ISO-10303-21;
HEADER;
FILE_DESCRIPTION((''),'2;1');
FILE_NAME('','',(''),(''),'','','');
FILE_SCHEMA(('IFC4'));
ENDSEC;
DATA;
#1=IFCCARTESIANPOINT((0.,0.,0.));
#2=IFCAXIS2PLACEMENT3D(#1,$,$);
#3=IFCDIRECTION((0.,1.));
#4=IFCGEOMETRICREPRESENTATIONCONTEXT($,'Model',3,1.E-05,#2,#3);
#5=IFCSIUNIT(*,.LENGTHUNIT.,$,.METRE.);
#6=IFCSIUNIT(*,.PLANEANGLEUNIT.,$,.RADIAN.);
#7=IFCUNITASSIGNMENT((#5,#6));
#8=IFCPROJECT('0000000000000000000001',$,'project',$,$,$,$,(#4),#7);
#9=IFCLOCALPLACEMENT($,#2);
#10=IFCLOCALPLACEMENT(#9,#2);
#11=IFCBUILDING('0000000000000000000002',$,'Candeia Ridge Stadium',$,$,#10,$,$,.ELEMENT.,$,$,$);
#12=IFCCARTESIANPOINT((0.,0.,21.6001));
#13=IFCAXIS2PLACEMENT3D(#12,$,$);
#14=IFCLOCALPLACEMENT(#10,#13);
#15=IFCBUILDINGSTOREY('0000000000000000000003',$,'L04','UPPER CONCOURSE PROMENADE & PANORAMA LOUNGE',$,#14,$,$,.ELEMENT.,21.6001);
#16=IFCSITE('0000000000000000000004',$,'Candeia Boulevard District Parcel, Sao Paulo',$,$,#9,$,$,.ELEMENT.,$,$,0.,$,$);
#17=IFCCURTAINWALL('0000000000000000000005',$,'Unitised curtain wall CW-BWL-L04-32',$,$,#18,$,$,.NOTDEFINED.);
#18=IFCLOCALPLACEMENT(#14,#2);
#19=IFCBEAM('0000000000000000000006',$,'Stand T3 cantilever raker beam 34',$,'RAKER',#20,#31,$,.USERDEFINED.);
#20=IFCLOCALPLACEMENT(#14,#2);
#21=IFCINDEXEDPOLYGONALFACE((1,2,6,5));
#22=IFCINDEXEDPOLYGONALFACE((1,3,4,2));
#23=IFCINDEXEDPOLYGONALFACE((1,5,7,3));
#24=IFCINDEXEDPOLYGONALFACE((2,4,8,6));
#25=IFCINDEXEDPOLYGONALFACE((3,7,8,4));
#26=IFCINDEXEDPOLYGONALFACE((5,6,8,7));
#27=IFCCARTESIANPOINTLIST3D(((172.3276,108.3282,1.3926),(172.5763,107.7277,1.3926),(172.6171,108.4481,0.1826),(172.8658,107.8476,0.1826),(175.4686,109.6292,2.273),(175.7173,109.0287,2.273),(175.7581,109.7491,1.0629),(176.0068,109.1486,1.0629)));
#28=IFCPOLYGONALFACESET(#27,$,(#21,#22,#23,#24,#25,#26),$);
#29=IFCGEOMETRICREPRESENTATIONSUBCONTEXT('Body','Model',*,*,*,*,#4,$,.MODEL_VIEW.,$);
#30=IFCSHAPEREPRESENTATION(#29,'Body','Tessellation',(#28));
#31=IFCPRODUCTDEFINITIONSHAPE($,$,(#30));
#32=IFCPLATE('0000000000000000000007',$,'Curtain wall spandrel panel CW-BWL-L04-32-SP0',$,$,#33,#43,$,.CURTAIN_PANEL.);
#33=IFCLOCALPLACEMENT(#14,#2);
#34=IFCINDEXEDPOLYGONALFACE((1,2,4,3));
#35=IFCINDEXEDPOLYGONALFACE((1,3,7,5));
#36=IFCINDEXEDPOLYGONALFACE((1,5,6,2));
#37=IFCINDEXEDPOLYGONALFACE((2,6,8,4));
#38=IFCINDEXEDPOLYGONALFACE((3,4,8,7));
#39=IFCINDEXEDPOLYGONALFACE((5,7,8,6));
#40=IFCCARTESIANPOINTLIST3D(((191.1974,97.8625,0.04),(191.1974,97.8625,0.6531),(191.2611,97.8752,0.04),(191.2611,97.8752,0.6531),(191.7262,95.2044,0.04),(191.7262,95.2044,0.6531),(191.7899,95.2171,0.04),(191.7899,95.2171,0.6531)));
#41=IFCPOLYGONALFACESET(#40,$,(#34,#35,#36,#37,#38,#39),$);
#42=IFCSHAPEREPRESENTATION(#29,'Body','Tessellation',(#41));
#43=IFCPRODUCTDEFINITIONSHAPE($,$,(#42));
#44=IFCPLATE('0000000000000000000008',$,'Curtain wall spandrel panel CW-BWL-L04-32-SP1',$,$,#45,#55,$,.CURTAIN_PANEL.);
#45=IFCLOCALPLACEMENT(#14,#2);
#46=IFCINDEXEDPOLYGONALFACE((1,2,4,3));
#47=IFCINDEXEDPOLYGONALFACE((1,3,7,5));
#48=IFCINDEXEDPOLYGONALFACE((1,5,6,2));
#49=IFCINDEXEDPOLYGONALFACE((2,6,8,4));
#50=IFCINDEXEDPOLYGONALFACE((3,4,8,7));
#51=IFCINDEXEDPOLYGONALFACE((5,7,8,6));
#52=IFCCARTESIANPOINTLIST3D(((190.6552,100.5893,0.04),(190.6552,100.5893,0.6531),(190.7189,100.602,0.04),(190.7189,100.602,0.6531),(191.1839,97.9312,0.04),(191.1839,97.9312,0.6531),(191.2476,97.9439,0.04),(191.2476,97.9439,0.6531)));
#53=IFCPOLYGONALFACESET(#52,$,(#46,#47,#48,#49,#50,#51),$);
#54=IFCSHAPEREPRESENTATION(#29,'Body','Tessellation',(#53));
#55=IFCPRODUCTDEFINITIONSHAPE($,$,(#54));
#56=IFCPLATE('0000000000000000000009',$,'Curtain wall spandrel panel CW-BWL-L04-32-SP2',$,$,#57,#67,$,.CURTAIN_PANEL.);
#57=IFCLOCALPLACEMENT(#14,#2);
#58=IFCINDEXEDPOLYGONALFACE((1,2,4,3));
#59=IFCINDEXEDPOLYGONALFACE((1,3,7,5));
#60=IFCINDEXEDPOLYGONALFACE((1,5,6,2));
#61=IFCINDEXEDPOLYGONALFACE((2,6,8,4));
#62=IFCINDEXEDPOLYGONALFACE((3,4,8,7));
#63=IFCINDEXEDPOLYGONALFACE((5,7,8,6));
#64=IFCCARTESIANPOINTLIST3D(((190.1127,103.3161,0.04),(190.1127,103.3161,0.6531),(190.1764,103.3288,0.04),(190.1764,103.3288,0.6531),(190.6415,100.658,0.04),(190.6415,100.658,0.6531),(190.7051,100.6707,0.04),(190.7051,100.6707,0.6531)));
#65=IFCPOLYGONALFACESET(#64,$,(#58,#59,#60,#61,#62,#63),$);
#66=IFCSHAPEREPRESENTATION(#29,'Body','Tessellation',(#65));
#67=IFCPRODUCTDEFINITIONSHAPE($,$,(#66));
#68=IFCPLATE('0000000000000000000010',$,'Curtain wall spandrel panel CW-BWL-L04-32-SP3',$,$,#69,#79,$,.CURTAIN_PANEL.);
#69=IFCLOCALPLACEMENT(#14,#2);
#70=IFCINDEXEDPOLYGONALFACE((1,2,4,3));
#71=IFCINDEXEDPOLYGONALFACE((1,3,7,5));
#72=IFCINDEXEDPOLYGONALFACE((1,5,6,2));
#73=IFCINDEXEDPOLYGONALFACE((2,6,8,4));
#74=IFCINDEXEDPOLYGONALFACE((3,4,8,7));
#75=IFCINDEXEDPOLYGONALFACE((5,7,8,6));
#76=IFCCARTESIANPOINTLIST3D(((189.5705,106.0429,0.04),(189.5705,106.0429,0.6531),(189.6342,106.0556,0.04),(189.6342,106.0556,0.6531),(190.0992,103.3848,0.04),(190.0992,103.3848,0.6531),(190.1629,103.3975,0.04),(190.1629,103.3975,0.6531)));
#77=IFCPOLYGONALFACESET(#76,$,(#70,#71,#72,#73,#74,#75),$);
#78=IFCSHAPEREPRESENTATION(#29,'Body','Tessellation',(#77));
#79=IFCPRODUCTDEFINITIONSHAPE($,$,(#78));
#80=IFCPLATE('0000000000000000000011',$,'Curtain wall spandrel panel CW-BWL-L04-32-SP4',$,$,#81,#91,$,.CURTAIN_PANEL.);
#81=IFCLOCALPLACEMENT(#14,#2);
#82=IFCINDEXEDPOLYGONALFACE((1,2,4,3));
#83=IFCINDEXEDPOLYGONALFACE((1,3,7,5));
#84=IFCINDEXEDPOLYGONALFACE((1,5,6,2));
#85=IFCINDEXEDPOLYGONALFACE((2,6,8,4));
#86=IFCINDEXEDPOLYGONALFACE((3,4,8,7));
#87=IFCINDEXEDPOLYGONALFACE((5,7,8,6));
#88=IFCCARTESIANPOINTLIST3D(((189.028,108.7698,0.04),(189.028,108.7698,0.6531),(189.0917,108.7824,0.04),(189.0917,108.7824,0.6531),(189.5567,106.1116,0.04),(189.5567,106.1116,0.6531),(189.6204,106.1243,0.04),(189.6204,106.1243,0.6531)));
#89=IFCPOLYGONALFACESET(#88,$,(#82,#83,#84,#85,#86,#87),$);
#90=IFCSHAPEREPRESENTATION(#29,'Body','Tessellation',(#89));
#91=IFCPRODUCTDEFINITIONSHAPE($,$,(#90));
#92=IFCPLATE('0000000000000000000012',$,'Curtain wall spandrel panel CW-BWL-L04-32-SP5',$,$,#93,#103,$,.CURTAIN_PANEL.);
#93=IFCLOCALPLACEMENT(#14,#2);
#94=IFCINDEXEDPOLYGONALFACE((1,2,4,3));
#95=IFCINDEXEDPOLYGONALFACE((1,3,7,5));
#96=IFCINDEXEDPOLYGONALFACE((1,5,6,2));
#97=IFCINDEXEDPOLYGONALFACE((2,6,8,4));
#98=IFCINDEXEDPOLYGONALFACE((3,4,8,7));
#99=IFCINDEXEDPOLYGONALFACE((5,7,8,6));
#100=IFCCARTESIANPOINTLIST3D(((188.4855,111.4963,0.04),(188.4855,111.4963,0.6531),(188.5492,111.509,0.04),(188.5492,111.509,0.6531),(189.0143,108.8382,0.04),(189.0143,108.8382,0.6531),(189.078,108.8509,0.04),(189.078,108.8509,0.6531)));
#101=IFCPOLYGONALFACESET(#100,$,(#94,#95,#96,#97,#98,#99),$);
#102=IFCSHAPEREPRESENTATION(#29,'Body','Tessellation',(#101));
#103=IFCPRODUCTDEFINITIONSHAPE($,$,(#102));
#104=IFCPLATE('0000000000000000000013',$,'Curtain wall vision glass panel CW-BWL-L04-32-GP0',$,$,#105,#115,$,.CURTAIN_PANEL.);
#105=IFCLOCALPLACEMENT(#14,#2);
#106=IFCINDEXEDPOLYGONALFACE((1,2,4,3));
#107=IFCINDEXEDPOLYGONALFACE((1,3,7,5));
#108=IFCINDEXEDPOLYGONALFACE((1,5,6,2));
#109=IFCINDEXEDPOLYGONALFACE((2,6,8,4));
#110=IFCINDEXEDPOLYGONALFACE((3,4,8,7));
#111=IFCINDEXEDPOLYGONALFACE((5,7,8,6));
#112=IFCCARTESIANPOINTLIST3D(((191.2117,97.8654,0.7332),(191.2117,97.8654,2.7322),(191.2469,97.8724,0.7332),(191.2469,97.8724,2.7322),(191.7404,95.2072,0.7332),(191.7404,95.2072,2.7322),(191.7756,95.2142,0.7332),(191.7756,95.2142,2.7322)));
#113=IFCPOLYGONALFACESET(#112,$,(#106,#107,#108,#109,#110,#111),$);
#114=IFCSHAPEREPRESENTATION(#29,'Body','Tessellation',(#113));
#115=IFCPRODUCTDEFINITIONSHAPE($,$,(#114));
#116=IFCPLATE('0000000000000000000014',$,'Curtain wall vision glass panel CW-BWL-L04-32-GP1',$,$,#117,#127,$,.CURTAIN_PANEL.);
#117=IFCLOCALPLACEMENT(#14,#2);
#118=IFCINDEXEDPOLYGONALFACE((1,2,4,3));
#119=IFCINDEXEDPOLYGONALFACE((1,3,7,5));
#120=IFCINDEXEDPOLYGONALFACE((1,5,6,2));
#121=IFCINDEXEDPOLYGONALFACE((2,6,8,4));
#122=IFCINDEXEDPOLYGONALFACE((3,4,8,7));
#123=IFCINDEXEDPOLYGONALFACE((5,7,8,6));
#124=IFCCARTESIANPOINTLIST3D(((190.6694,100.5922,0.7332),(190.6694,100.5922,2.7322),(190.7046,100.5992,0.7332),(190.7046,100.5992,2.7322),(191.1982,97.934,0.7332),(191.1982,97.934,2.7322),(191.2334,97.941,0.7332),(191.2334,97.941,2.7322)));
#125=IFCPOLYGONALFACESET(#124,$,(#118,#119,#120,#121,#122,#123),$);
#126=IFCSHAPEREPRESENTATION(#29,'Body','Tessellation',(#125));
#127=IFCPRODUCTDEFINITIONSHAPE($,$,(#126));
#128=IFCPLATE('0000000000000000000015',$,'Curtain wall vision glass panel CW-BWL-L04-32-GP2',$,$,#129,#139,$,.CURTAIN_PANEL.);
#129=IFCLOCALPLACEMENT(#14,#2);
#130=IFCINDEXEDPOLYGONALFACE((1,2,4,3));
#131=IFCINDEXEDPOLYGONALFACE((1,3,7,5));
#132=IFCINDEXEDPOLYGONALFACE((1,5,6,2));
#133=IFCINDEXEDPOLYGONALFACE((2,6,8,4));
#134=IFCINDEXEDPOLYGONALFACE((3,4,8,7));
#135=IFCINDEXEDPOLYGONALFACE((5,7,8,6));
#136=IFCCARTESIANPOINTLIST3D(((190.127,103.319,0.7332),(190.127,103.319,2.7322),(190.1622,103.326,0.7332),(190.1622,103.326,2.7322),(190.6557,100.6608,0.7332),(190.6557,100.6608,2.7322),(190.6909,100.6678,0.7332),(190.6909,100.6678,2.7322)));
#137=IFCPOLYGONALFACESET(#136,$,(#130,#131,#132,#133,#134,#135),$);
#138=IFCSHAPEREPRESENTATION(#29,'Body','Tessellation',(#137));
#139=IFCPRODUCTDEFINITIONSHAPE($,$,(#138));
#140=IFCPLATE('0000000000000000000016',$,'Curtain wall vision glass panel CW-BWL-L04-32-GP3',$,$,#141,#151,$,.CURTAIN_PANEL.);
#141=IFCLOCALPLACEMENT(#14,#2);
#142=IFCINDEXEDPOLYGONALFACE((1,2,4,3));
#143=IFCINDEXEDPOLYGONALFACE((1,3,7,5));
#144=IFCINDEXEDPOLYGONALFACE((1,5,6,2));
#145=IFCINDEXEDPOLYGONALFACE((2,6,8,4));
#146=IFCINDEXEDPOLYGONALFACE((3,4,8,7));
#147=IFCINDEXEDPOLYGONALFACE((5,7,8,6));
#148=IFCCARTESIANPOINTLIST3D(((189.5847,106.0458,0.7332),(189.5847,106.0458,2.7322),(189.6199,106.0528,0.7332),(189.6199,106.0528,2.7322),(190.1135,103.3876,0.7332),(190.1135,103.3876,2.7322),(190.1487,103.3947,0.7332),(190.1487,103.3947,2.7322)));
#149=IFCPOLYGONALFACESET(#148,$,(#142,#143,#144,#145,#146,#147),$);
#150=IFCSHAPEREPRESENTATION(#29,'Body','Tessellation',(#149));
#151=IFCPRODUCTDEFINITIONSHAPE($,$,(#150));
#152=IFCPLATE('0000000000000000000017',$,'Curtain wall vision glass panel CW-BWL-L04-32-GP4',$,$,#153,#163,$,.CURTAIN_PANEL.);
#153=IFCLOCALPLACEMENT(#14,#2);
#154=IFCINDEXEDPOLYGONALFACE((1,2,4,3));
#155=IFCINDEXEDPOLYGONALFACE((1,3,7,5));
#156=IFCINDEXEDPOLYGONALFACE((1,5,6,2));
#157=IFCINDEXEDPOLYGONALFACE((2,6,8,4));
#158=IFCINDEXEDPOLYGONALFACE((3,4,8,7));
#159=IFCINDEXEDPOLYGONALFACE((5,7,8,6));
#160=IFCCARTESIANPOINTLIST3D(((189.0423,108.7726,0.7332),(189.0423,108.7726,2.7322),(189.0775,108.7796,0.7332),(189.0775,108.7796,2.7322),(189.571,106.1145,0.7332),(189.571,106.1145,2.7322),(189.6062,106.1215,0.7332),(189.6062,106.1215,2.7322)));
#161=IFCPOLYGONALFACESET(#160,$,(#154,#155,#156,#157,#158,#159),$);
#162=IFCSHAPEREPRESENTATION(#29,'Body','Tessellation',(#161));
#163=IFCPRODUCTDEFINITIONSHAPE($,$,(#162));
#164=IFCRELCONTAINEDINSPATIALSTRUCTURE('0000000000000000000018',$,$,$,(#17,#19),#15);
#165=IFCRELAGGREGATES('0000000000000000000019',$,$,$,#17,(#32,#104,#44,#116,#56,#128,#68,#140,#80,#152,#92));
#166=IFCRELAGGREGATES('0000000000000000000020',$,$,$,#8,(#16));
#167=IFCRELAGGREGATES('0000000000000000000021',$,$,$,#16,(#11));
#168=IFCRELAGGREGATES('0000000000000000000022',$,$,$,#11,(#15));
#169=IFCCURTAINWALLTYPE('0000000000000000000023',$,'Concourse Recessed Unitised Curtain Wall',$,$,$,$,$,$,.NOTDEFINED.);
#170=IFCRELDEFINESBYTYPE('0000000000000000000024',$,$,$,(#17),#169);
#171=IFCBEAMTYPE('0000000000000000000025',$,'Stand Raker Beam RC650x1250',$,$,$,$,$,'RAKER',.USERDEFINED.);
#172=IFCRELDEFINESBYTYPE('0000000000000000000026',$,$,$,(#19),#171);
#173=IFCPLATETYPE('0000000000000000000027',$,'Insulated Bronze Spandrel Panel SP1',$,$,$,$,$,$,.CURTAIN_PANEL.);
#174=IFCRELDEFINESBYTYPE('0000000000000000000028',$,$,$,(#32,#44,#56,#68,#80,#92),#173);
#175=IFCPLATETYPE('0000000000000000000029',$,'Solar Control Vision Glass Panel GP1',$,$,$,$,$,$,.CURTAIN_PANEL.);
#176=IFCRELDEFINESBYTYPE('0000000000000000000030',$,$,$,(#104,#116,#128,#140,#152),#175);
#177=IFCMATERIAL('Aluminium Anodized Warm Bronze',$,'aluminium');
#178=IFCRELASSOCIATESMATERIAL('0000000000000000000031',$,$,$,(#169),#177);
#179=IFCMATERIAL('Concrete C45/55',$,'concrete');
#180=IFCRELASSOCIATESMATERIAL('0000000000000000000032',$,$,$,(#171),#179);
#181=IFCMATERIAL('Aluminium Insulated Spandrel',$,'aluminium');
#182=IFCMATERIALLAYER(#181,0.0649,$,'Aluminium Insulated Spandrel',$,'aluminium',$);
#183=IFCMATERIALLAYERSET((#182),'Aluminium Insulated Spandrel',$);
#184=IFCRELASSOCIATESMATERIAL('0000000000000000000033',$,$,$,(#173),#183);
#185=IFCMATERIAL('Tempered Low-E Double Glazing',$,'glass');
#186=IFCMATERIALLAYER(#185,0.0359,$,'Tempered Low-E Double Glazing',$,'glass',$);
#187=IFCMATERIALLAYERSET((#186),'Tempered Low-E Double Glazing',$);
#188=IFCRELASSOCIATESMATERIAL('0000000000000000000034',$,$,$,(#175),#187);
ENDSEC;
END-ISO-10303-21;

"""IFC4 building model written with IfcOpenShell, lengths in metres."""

from ifc_helpers import new_model, si_unit, direction, frame, origin, origin_2d, place, context, subcontext, project, spatial, rectangle, extrude, material, layer, layer_set, material_profile, profile_set, type_object, element, aggregate, save


model = new_model("IFC4")

# Units and contexts
model_context = context("Model", 3, precision=1e-05, world=origin(), true_north=direction((0.0, 1.0)))
body_context = subcontext(model_context, "Body", "Model", "MODEL_VIEW")
ifc_project = project(units=[si_unit("LENGTHUNIT", "METRE"), si_unit("PLANEANGLEUNIT", "RADIAN")], contexts=[model_context])

# Site, building, storey
site_placement = place(None, origin())
site = spatial("IfcSite", under=ifc_project, at=site_placement, Name="Candeia Boulevard District Parcel, Sao Paulo", CompositionType="ELEMENT", RefElevation=0.0)
building_placement = place(site_placement, origin())
building = spatial("IfcBuilding", under=site, at=building_placement, Name="Candeia Ridge Stadium", CompositionType="ELEMENT")
storey_placement = place(building_placement, frame((0.0, 0.0, 21.6001)))
storey = spatial("IfcBuildingStorey", under=building, at=storey_placement, Name="L04", Description="UPPER CONCOURSE PROMENADE & PANORAMA LOUNGE", CompositionType="ELEMENT", Elevation=21.6001)

# Shared definitions
ifc_material_1 = material(Name="Concrete C45/55", Category="concrete")

# Curtain wall
ifc_material_2 = material(Name="Aluminium Anodized Warm Bronze", Category="aluminium")
curtain_wall_type = type_object("IfcCurtainWallType", Name="Concourse Recessed Unitised Curtain Wall", PredefinedType="NOTDEFINED", material=ifc_material_2)
curtain_wall_placement = place(storey_placement, origin())
curtain_wall = element("IfcCurtainWall", 1, at=curtain_wall_placement, inside=storey, type_object=curtain_wall_type, Name="Unitised curtain wall CW-BWL-L04-32", PredefinedType="NOTDEFINED")

# Beam
ifc_material_profile_1 = material_profile(ifc_material_1, rectangle(XDim=0.6499, YDim=1.25, at=origin_2d()), Name="RC650x1250", Category="concrete")
ifc_profile_set_1 = profile_set([ifc_material_profile_1], Name="Concrete C45/55")
beam_type_1 = type_object("IfcBeamType", Name="Stand Raker Beam RC650x1250", ElementType="RAKER", PredefinedType="USERDEFINED", material=ifc_profile_set_1)
beam_1_placement = place(storey_placement, frame((172.5967, 108.0879, 0.7876), z_axis=(0.894388, 0.370449, 0.250673), x_axis=(-0.382667, 0.923886, 0.0)))
element("IfcBeam", 2, at=beam_1_placement, inside=storey, type_object=beam_type_1, Name="Stand T3 cantilever raker beam 34", ObjectType="RAKER", PredefinedType="USERDEFINED", context=body_context, shape_type="SweptSolid", body=[
    extrude(rectangle(XDim=0.6499, YDim=1.25, at=origin_2d()), origin(), (0.0, 0.0, 1.0), 3.512),
])

# Plates
ifc_material_3 = material(Name="Aluminium Insulated Spandrel", Category="aluminium")
ifc_layer_1 = layer(ifc_material_3, 0.0649, Name="Aluminium Insulated Spandrel", Category="aluminium")
ifc_layer_set_1 = layer_set([ifc_layer_1], Name="Aluminium Insulated Spandrel")
plate_type_1 = type_object("IfcPlateType", Name="Insulated Bronze Spandrel Panel SP1", PredefinedType="CURTAIN_PANEL", material=ifc_layer_set_1)
plate_1_placement = place(storey_placement, frame((191.4937, 96.5398, 0.04), z_axis=(0.0, 0.0, 1.0), x_axis=(-0.19509, 0.980785, 0.0)))
plate_1 = element("IfcPlate", 3, at=plate_1_placement, type_object=plate_type_1, Name="Curtain wall spandrel panel CW-BWL-L04-32-SP0", PredefinedType="CURTAIN_PANEL", context=body_context, shape_type="SweptSolid", body=[
    extrude(rectangle(XDim=2.7102, YDim=0.0649, at=origin_2d()), origin(), (0.0, 0.0, 1.0), 0.613),
])
plate_2_placement = place(storey_placement, frame((190.9514, 99.2666, 0.04), z_axis=(0.0, 0.0, 1.0), x_axis=(-0.19509, 0.980785, 0.0)))
plate_2 = element("IfcPlate", 4, at=plate_2_placement, type_object=plate_type_1, Name="Curtain wall spandrel panel CW-BWL-L04-32-SP1", PredefinedType="CURTAIN_PANEL", context=body_context, shape_type="SweptSolid", body=[
    extrude(rectangle(XDim=2.7102, YDim=0.0649, at=origin_2d()), origin(), (0.0, 0.0, 1.0), 0.613),
])
plate_3_placement = place(storey_placement, frame((190.4089, 101.9934, 0.04), z_axis=(0.0, 0.0, 1.0), x_axis=(-0.19509, 0.980785, 0.0)))
plate_3 = element("IfcPlate", 5, at=plate_3_placement, type_object=plate_type_1, Name="Curtain wall spandrel panel CW-BWL-L04-32-SP2", PredefinedType="CURTAIN_PANEL", context=body_context, shape_type="SweptSolid", body=[
    extrude(rectangle(XDim=2.7102, YDim=0.0649, at=origin_2d()), origin(), (0.0, 0.0, 1.0), 0.613),
])
plate_4_placement = place(storey_placement, frame((189.8667, 104.7202, 0.04), z_axis=(0.0, 0.0, 1.0), x_axis=(-0.19509, 0.980785, 0.0)))
plate_4 = element("IfcPlate", 6, at=plate_4_placement, type_object=plate_type_1, Name="Curtain wall spandrel panel CW-BWL-L04-32-SP3", PredefinedType="CURTAIN_PANEL", context=body_context, shape_type="SweptSolid", body=[
    extrude(rectangle(XDim=2.7102, YDim=0.0649, at=origin_2d()), origin(), (0.0, 0.0, 1.0), 0.613),
])
plate_5_placement = place(storey_placement, frame((189.3242, 107.447, 0.04), z_axis=(0.0, 0.0, 1.0), x_axis=(-0.19509, 0.980785, 0.0)))
plate_5 = element("IfcPlate", 7, at=plate_5_placement, type_object=plate_type_1, Name="Curtain wall spandrel panel CW-BWL-L04-32-SP4", PredefinedType="CURTAIN_PANEL", context=body_context, shape_type="SweptSolid", body=[
    extrude(rectangle(XDim=2.7102, YDim=0.0649, at=origin_2d()), origin(), (0.0, 0.0, 1.0), 0.613),
])
plate_6_placement = place(storey_placement, frame((188.7817, 110.1736, 0.04), z_axis=(0.0, 0.0, 1.0), x_axis=(-0.19509, 0.980785, 0.0)))
plate_6 = element("IfcPlate", 8, at=plate_6_placement, type_object=plate_type_1, Name="Curtain wall spandrel panel CW-BWL-L04-32-SP5", PredefinedType="CURTAIN_PANEL", context=body_context, shape_type="SweptSolid", body=[
    extrude(rectangle(XDim=2.7102, YDim=0.0649, at=origin_2d()), origin(), (0.0, 0.0, 1.0), 0.613),
])
ifc_material_4 = material(Name="Tempered Low-E Double Glazing", Category="glass")
ifc_layer_2 = layer(ifc_material_4, 0.0359, Name="Tempered Low-E Double Glazing", Category="glass")
ifc_layer_set_2 = layer_set([ifc_layer_2], Name="Tempered Low-E Double Glazing")
plate_type_2 = type_object("IfcPlateType", Name="Solar Control Vision Glass Panel GP1", PredefinedType="CURTAIN_PANEL", material=ifc_layer_set_2)
plate_7_placement = place(storey_placement, frame((191.4937, 96.5398, 0.7332), z_axis=(0.0, 0.0, 1.0), x_axis=(-0.19509, 0.980785, 0.0)))
plate_7 = element("IfcPlate", 9, at=plate_7_placement, type_object=plate_type_2, Name="Curtain wall vision glass panel CW-BWL-L04-32-GP0", PredefinedType="CURTAIN_PANEL", context=body_context, shape_type="SweptSolid", body=[
    extrude(rectangle(XDim=2.7102, YDim=0.0359, at=origin_2d()), origin(), (0.0, 0.0, 1.0), 1.999),
])
plate_8_placement = place(storey_placement, frame((190.9514, 99.2666, 0.7332), z_axis=(0.0, 0.0, 1.0), x_axis=(-0.19509, 0.980785, 0.0)))
plate_8 = element("IfcPlate", 10, at=plate_8_placement, type_object=plate_type_2, Name="Curtain wall vision glass panel CW-BWL-L04-32-GP1", PredefinedType="CURTAIN_PANEL", context=body_context, shape_type="SweptSolid", body=[
    extrude(rectangle(XDim=2.7102, YDim=0.0359, at=origin_2d()), origin(), (0.0, 0.0, 1.0), 1.999),
])
plate_9_placement = place(storey_placement, frame((190.4089, 101.9934, 0.7332), z_axis=(0.0, 0.0, 1.0), x_axis=(-0.19509, 0.980785, 0.0)))
plate_9 = element("IfcPlate", 11, at=plate_9_placement, type_object=plate_type_2, Name="Curtain wall vision glass panel CW-BWL-L04-32-GP2", PredefinedType="CURTAIN_PANEL", context=body_context, shape_type="SweptSolid", body=[
    extrude(rectangle(XDim=2.7102, YDim=0.0359, at=origin_2d()), origin(), (0.0, 0.0, 1.0), 1.999),
])
plate_10_placement = place(storey_placement, frame((189.8667, 104.7202, 0.7332), z_axis=(0.0, 0.0, 1.0), x_axis=(-0.19509, 0.980785, 0.0)))
plate_10 = element("IfcPlate", 12, at=plate_10_placement, type_object=plate_type_2, Name="Curtain wall vision glass panel CW-BWL-L04-32-GP3", PredefinedType="CURTAIN_PANEL", context=body_context, shape_type="SweptSolid", body=[
    extrude(rectangle(XDim=2.7102, YDim=0.0359, at=origin_2d()), origin(), (0.0, 0.0, 1.0), 1.999),
])
plate_11_placement = place(storey_placement, frame((189.3242, 107.447, 0.7332), z_axis=(0.0, 0.0, 1.0), x_axis=(-0.19509, 0.980785, 0.0)))
plate_11 = element("IfcPlate", 13, at=plate_11_placement, type_object=plate_type_2, Name="Curtain wall vision glass panel CW-BWL-L04-32-GP4", PredefinedType="CURTAIN_PANEL", context=body_context, shape_type="SweptSolid", body=[
    extrude(rectangle(XDim=2.7102, YDim=0.0359, at=origin_2d()), origin(), (0.0, 0.0, 1.0), 1.999),
])
aggregate(curtain_wall, [plate_1, plate_7, plate_2, plate_8, plate_3, plate_9, plate_4, plate_10, plate_5, plate_11, plate_6])

save(model, "model.ifc")
